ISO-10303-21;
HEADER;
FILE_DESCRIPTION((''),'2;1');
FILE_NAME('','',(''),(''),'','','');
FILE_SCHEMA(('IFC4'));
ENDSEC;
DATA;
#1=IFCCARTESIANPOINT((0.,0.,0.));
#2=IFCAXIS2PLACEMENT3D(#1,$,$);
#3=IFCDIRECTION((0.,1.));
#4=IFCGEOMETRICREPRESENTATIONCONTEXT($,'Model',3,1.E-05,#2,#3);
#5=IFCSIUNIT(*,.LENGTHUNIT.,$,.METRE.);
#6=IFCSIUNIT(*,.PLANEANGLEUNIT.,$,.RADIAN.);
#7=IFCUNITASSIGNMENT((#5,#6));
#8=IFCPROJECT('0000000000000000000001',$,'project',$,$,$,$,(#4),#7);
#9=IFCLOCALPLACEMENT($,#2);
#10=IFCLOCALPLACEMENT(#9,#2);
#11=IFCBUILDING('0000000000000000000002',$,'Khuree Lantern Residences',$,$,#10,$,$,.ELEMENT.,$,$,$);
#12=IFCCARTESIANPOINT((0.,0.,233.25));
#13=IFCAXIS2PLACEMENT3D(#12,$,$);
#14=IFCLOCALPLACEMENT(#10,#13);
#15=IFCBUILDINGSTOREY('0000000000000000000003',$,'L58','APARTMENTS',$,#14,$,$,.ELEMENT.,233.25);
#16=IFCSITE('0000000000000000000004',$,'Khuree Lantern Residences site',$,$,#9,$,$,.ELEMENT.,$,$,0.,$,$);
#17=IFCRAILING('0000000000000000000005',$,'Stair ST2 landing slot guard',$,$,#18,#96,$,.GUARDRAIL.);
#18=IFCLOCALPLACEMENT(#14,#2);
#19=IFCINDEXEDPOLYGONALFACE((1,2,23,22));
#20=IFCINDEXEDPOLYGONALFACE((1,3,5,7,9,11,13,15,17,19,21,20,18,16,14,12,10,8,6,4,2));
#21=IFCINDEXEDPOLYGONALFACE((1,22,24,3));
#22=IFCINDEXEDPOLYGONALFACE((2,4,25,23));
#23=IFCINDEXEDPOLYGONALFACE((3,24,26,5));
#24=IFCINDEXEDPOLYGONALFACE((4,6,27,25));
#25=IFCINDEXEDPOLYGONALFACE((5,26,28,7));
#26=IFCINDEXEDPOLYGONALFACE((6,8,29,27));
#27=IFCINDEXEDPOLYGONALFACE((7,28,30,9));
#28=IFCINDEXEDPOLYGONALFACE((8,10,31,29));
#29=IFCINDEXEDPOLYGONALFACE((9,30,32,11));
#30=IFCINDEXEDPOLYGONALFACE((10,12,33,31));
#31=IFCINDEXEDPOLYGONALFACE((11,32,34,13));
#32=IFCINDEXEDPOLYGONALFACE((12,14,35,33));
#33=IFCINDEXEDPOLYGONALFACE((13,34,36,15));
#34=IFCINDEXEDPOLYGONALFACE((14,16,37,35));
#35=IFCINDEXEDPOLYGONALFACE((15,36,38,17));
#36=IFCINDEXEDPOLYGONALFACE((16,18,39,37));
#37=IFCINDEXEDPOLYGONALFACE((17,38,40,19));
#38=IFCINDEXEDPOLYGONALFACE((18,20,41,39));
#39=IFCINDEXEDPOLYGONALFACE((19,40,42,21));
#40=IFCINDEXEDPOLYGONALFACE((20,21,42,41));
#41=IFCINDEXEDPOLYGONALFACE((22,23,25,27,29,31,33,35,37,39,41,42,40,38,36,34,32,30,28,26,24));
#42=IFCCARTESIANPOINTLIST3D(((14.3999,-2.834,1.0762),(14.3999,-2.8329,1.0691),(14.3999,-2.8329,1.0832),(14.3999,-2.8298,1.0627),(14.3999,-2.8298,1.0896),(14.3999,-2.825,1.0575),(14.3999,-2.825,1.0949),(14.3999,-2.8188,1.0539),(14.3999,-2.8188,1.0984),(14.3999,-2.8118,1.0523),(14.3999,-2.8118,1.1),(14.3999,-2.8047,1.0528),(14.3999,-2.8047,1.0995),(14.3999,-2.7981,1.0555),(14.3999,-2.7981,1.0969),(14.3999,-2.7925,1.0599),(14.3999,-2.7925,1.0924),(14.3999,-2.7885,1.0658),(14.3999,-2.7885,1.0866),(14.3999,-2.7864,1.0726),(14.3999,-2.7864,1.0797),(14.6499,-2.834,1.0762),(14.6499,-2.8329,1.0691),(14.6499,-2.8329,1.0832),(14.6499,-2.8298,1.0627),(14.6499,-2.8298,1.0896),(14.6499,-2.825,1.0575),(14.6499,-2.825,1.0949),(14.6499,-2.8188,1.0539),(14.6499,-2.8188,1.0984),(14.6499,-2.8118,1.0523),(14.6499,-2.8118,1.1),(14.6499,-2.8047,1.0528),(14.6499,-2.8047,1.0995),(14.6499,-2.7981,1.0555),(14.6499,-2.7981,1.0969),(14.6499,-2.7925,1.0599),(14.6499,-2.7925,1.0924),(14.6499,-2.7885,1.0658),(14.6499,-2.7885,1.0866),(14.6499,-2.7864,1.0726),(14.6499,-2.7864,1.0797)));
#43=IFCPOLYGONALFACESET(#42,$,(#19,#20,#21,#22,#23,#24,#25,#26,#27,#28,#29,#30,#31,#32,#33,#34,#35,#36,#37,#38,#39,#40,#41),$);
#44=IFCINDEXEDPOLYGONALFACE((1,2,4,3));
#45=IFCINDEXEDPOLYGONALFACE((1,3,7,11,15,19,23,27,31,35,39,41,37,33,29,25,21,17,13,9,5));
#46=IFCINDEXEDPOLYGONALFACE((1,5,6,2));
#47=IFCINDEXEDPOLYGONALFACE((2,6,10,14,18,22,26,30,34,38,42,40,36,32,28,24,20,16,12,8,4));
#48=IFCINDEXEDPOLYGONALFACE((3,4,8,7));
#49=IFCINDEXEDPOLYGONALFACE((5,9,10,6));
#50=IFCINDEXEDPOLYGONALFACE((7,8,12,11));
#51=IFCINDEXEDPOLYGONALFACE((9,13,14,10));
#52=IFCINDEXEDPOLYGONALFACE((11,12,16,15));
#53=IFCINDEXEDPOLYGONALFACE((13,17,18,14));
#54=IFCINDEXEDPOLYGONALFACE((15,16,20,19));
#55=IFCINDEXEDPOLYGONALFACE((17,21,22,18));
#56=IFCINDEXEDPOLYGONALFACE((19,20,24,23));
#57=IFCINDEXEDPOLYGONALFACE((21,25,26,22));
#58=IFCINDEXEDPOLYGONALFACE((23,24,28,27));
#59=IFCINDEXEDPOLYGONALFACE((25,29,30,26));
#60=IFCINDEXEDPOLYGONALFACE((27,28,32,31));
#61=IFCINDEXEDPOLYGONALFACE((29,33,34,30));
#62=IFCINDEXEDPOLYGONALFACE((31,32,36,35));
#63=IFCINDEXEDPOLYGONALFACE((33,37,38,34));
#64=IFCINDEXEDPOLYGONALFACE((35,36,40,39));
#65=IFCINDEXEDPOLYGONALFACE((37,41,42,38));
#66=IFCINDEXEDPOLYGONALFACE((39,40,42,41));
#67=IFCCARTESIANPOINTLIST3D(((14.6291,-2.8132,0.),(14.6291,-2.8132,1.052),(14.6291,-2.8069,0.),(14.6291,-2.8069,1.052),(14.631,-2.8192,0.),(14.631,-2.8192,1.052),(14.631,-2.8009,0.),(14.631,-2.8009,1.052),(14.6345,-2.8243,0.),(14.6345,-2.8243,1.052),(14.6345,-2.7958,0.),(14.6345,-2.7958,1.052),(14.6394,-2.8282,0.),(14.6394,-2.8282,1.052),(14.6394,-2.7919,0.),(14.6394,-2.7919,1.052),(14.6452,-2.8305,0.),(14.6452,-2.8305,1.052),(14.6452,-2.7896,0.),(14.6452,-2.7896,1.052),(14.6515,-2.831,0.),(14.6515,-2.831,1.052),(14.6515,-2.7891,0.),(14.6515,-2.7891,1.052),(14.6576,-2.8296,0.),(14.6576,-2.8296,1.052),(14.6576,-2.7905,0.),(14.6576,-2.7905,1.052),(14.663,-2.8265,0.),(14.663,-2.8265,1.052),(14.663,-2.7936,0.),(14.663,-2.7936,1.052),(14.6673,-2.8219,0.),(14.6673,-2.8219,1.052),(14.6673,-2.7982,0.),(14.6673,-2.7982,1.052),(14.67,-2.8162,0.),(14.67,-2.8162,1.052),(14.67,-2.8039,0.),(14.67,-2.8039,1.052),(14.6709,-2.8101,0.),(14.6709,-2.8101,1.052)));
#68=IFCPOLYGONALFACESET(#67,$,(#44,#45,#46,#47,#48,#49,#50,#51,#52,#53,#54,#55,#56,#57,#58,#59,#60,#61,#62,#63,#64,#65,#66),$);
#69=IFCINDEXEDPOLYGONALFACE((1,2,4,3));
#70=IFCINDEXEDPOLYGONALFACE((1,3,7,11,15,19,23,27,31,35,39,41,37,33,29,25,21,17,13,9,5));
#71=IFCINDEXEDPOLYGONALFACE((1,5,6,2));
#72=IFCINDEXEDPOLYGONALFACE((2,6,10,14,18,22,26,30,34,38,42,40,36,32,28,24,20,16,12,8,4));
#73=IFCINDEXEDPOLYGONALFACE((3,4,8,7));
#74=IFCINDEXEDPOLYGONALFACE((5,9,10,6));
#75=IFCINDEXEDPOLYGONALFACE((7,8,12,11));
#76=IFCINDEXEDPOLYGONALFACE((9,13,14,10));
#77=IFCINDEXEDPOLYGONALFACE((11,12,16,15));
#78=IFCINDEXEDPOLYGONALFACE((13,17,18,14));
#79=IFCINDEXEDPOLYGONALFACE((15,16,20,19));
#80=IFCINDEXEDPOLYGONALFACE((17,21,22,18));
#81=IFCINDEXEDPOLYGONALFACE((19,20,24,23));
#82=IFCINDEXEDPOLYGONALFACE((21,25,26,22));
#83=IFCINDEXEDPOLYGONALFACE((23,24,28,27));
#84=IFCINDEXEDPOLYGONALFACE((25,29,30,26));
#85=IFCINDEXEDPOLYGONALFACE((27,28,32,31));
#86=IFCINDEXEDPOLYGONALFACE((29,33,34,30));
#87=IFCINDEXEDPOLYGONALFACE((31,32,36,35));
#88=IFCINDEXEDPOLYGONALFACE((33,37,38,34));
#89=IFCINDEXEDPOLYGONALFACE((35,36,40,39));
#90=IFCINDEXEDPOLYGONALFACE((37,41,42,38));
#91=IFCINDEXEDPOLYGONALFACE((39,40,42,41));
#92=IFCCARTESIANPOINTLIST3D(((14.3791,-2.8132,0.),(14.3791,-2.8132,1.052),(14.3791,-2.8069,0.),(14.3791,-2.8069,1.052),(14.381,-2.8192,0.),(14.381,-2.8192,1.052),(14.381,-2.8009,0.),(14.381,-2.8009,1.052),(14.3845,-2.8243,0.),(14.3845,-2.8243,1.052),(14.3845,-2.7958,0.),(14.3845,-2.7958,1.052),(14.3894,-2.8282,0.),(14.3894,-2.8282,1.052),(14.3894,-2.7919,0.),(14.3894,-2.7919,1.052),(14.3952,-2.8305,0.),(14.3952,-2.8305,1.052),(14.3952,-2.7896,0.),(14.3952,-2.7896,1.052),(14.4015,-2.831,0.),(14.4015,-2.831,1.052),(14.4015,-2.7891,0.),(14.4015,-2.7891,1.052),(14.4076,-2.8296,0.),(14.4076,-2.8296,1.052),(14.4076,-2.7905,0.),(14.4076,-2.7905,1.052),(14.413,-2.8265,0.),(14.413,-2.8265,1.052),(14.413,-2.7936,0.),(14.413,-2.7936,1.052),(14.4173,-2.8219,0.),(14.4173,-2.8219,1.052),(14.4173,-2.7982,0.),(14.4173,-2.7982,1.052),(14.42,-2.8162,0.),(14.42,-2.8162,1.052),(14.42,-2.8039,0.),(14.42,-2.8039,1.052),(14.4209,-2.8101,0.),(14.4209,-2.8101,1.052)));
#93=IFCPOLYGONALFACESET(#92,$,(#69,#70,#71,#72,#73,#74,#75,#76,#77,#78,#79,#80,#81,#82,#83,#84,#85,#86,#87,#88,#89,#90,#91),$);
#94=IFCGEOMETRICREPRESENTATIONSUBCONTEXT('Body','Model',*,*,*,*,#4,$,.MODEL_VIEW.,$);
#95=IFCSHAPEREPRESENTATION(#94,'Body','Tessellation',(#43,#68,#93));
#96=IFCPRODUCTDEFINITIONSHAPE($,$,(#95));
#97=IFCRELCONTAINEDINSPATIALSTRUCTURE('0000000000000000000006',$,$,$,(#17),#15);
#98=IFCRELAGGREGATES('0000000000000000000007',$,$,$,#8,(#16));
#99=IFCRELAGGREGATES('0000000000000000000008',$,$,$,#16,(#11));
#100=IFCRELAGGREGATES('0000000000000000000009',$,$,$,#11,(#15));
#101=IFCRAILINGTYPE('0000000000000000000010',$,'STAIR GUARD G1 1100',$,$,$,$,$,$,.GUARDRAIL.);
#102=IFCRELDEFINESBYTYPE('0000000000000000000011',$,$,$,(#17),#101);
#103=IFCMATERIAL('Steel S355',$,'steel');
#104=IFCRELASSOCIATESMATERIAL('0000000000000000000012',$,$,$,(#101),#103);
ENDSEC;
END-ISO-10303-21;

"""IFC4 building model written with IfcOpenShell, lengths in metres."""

from ifc_helpers import new_model, si_unit, direction, frame, origin, origin_2d, place, context, subcontext, project, spatial, circle, extrude, material, type_object, element, save


model = new_model("IFC4")

# Units and contexts
model_context = context("Model", 3, precision=1e-05, world=origin(), true_north=direction((0.0, 1.0)))
body_context = subcontext(model_context, "Body", "Model", "MODEL_VIEW")
ifc_project = project(units=[si_unit("LENGTHUNIT", "METRE"), si_unit("PLANEANGLEUNIT", "RADIAN")], contexts=[model_context])

# Site, building, storey
site_placement = place(None, origin())
site = spatial("IfcSite", under=ifc_project, at=site_placement, Name="Khuree Lantern Residences site", CompositionType="ELEMENT", RefElevation=0.0)
building_placement = place(site_placement, origin())
building = spatial("IfcBuilding", under=site, at=building_placement, Name="Khuree Lantern Residences", CompositionType="ELEMENT")
storey_placement = place(building_placement, frame((0.0, 0.0, 233.25)))
storey = spatial("IfcBuildingStorey", under=building, at=storey_placement, Name="L58", Description="APARTMENTS", CompositionType="ELEMENT", Elevation=233.25)

# Railing
ifc_material_1 = material(Name="Steel S355", Category="steel")
railing_type_1 = type_object("IfcRailingType", Name="STAIR GUARD G1 1100", PredefinedType="GUARDRAIL", material=ifc_material_1)
railing_1_placement = place(storey_placement, frame((14.6499, -2.8101, 0.0)))
element("IfcRailing", 1, at=railing_1_placement, inside=storey, type_object=railing_type_1, Name="Stair ST2 landing slot guard", PredefinedType="GUARDRAIL", context=body_context, shape_type="SweptSolid", body=[
    extrude(circle(Radius=0.0239, at=origin_2d()), frame((0.0, 0.0, 1.0762), z_axis=(-1.0, 0.0, 0.0), x_axis=(0.0, -1.0, 0.0)), (0.0, 0.0, 1.0), 0.25),
    extrude(circle(Radius=0.021, at=origin_2d()), origin(), (0.0, 0.0, 1.0), 1.052),
    extrude(circle(Radius=0.021, at=origin_2d()), frame((-0.25, 0.0, 0.0)), (0.0, 0.0, 1.0), 1.052),
])

save(model, "model.ifc")
